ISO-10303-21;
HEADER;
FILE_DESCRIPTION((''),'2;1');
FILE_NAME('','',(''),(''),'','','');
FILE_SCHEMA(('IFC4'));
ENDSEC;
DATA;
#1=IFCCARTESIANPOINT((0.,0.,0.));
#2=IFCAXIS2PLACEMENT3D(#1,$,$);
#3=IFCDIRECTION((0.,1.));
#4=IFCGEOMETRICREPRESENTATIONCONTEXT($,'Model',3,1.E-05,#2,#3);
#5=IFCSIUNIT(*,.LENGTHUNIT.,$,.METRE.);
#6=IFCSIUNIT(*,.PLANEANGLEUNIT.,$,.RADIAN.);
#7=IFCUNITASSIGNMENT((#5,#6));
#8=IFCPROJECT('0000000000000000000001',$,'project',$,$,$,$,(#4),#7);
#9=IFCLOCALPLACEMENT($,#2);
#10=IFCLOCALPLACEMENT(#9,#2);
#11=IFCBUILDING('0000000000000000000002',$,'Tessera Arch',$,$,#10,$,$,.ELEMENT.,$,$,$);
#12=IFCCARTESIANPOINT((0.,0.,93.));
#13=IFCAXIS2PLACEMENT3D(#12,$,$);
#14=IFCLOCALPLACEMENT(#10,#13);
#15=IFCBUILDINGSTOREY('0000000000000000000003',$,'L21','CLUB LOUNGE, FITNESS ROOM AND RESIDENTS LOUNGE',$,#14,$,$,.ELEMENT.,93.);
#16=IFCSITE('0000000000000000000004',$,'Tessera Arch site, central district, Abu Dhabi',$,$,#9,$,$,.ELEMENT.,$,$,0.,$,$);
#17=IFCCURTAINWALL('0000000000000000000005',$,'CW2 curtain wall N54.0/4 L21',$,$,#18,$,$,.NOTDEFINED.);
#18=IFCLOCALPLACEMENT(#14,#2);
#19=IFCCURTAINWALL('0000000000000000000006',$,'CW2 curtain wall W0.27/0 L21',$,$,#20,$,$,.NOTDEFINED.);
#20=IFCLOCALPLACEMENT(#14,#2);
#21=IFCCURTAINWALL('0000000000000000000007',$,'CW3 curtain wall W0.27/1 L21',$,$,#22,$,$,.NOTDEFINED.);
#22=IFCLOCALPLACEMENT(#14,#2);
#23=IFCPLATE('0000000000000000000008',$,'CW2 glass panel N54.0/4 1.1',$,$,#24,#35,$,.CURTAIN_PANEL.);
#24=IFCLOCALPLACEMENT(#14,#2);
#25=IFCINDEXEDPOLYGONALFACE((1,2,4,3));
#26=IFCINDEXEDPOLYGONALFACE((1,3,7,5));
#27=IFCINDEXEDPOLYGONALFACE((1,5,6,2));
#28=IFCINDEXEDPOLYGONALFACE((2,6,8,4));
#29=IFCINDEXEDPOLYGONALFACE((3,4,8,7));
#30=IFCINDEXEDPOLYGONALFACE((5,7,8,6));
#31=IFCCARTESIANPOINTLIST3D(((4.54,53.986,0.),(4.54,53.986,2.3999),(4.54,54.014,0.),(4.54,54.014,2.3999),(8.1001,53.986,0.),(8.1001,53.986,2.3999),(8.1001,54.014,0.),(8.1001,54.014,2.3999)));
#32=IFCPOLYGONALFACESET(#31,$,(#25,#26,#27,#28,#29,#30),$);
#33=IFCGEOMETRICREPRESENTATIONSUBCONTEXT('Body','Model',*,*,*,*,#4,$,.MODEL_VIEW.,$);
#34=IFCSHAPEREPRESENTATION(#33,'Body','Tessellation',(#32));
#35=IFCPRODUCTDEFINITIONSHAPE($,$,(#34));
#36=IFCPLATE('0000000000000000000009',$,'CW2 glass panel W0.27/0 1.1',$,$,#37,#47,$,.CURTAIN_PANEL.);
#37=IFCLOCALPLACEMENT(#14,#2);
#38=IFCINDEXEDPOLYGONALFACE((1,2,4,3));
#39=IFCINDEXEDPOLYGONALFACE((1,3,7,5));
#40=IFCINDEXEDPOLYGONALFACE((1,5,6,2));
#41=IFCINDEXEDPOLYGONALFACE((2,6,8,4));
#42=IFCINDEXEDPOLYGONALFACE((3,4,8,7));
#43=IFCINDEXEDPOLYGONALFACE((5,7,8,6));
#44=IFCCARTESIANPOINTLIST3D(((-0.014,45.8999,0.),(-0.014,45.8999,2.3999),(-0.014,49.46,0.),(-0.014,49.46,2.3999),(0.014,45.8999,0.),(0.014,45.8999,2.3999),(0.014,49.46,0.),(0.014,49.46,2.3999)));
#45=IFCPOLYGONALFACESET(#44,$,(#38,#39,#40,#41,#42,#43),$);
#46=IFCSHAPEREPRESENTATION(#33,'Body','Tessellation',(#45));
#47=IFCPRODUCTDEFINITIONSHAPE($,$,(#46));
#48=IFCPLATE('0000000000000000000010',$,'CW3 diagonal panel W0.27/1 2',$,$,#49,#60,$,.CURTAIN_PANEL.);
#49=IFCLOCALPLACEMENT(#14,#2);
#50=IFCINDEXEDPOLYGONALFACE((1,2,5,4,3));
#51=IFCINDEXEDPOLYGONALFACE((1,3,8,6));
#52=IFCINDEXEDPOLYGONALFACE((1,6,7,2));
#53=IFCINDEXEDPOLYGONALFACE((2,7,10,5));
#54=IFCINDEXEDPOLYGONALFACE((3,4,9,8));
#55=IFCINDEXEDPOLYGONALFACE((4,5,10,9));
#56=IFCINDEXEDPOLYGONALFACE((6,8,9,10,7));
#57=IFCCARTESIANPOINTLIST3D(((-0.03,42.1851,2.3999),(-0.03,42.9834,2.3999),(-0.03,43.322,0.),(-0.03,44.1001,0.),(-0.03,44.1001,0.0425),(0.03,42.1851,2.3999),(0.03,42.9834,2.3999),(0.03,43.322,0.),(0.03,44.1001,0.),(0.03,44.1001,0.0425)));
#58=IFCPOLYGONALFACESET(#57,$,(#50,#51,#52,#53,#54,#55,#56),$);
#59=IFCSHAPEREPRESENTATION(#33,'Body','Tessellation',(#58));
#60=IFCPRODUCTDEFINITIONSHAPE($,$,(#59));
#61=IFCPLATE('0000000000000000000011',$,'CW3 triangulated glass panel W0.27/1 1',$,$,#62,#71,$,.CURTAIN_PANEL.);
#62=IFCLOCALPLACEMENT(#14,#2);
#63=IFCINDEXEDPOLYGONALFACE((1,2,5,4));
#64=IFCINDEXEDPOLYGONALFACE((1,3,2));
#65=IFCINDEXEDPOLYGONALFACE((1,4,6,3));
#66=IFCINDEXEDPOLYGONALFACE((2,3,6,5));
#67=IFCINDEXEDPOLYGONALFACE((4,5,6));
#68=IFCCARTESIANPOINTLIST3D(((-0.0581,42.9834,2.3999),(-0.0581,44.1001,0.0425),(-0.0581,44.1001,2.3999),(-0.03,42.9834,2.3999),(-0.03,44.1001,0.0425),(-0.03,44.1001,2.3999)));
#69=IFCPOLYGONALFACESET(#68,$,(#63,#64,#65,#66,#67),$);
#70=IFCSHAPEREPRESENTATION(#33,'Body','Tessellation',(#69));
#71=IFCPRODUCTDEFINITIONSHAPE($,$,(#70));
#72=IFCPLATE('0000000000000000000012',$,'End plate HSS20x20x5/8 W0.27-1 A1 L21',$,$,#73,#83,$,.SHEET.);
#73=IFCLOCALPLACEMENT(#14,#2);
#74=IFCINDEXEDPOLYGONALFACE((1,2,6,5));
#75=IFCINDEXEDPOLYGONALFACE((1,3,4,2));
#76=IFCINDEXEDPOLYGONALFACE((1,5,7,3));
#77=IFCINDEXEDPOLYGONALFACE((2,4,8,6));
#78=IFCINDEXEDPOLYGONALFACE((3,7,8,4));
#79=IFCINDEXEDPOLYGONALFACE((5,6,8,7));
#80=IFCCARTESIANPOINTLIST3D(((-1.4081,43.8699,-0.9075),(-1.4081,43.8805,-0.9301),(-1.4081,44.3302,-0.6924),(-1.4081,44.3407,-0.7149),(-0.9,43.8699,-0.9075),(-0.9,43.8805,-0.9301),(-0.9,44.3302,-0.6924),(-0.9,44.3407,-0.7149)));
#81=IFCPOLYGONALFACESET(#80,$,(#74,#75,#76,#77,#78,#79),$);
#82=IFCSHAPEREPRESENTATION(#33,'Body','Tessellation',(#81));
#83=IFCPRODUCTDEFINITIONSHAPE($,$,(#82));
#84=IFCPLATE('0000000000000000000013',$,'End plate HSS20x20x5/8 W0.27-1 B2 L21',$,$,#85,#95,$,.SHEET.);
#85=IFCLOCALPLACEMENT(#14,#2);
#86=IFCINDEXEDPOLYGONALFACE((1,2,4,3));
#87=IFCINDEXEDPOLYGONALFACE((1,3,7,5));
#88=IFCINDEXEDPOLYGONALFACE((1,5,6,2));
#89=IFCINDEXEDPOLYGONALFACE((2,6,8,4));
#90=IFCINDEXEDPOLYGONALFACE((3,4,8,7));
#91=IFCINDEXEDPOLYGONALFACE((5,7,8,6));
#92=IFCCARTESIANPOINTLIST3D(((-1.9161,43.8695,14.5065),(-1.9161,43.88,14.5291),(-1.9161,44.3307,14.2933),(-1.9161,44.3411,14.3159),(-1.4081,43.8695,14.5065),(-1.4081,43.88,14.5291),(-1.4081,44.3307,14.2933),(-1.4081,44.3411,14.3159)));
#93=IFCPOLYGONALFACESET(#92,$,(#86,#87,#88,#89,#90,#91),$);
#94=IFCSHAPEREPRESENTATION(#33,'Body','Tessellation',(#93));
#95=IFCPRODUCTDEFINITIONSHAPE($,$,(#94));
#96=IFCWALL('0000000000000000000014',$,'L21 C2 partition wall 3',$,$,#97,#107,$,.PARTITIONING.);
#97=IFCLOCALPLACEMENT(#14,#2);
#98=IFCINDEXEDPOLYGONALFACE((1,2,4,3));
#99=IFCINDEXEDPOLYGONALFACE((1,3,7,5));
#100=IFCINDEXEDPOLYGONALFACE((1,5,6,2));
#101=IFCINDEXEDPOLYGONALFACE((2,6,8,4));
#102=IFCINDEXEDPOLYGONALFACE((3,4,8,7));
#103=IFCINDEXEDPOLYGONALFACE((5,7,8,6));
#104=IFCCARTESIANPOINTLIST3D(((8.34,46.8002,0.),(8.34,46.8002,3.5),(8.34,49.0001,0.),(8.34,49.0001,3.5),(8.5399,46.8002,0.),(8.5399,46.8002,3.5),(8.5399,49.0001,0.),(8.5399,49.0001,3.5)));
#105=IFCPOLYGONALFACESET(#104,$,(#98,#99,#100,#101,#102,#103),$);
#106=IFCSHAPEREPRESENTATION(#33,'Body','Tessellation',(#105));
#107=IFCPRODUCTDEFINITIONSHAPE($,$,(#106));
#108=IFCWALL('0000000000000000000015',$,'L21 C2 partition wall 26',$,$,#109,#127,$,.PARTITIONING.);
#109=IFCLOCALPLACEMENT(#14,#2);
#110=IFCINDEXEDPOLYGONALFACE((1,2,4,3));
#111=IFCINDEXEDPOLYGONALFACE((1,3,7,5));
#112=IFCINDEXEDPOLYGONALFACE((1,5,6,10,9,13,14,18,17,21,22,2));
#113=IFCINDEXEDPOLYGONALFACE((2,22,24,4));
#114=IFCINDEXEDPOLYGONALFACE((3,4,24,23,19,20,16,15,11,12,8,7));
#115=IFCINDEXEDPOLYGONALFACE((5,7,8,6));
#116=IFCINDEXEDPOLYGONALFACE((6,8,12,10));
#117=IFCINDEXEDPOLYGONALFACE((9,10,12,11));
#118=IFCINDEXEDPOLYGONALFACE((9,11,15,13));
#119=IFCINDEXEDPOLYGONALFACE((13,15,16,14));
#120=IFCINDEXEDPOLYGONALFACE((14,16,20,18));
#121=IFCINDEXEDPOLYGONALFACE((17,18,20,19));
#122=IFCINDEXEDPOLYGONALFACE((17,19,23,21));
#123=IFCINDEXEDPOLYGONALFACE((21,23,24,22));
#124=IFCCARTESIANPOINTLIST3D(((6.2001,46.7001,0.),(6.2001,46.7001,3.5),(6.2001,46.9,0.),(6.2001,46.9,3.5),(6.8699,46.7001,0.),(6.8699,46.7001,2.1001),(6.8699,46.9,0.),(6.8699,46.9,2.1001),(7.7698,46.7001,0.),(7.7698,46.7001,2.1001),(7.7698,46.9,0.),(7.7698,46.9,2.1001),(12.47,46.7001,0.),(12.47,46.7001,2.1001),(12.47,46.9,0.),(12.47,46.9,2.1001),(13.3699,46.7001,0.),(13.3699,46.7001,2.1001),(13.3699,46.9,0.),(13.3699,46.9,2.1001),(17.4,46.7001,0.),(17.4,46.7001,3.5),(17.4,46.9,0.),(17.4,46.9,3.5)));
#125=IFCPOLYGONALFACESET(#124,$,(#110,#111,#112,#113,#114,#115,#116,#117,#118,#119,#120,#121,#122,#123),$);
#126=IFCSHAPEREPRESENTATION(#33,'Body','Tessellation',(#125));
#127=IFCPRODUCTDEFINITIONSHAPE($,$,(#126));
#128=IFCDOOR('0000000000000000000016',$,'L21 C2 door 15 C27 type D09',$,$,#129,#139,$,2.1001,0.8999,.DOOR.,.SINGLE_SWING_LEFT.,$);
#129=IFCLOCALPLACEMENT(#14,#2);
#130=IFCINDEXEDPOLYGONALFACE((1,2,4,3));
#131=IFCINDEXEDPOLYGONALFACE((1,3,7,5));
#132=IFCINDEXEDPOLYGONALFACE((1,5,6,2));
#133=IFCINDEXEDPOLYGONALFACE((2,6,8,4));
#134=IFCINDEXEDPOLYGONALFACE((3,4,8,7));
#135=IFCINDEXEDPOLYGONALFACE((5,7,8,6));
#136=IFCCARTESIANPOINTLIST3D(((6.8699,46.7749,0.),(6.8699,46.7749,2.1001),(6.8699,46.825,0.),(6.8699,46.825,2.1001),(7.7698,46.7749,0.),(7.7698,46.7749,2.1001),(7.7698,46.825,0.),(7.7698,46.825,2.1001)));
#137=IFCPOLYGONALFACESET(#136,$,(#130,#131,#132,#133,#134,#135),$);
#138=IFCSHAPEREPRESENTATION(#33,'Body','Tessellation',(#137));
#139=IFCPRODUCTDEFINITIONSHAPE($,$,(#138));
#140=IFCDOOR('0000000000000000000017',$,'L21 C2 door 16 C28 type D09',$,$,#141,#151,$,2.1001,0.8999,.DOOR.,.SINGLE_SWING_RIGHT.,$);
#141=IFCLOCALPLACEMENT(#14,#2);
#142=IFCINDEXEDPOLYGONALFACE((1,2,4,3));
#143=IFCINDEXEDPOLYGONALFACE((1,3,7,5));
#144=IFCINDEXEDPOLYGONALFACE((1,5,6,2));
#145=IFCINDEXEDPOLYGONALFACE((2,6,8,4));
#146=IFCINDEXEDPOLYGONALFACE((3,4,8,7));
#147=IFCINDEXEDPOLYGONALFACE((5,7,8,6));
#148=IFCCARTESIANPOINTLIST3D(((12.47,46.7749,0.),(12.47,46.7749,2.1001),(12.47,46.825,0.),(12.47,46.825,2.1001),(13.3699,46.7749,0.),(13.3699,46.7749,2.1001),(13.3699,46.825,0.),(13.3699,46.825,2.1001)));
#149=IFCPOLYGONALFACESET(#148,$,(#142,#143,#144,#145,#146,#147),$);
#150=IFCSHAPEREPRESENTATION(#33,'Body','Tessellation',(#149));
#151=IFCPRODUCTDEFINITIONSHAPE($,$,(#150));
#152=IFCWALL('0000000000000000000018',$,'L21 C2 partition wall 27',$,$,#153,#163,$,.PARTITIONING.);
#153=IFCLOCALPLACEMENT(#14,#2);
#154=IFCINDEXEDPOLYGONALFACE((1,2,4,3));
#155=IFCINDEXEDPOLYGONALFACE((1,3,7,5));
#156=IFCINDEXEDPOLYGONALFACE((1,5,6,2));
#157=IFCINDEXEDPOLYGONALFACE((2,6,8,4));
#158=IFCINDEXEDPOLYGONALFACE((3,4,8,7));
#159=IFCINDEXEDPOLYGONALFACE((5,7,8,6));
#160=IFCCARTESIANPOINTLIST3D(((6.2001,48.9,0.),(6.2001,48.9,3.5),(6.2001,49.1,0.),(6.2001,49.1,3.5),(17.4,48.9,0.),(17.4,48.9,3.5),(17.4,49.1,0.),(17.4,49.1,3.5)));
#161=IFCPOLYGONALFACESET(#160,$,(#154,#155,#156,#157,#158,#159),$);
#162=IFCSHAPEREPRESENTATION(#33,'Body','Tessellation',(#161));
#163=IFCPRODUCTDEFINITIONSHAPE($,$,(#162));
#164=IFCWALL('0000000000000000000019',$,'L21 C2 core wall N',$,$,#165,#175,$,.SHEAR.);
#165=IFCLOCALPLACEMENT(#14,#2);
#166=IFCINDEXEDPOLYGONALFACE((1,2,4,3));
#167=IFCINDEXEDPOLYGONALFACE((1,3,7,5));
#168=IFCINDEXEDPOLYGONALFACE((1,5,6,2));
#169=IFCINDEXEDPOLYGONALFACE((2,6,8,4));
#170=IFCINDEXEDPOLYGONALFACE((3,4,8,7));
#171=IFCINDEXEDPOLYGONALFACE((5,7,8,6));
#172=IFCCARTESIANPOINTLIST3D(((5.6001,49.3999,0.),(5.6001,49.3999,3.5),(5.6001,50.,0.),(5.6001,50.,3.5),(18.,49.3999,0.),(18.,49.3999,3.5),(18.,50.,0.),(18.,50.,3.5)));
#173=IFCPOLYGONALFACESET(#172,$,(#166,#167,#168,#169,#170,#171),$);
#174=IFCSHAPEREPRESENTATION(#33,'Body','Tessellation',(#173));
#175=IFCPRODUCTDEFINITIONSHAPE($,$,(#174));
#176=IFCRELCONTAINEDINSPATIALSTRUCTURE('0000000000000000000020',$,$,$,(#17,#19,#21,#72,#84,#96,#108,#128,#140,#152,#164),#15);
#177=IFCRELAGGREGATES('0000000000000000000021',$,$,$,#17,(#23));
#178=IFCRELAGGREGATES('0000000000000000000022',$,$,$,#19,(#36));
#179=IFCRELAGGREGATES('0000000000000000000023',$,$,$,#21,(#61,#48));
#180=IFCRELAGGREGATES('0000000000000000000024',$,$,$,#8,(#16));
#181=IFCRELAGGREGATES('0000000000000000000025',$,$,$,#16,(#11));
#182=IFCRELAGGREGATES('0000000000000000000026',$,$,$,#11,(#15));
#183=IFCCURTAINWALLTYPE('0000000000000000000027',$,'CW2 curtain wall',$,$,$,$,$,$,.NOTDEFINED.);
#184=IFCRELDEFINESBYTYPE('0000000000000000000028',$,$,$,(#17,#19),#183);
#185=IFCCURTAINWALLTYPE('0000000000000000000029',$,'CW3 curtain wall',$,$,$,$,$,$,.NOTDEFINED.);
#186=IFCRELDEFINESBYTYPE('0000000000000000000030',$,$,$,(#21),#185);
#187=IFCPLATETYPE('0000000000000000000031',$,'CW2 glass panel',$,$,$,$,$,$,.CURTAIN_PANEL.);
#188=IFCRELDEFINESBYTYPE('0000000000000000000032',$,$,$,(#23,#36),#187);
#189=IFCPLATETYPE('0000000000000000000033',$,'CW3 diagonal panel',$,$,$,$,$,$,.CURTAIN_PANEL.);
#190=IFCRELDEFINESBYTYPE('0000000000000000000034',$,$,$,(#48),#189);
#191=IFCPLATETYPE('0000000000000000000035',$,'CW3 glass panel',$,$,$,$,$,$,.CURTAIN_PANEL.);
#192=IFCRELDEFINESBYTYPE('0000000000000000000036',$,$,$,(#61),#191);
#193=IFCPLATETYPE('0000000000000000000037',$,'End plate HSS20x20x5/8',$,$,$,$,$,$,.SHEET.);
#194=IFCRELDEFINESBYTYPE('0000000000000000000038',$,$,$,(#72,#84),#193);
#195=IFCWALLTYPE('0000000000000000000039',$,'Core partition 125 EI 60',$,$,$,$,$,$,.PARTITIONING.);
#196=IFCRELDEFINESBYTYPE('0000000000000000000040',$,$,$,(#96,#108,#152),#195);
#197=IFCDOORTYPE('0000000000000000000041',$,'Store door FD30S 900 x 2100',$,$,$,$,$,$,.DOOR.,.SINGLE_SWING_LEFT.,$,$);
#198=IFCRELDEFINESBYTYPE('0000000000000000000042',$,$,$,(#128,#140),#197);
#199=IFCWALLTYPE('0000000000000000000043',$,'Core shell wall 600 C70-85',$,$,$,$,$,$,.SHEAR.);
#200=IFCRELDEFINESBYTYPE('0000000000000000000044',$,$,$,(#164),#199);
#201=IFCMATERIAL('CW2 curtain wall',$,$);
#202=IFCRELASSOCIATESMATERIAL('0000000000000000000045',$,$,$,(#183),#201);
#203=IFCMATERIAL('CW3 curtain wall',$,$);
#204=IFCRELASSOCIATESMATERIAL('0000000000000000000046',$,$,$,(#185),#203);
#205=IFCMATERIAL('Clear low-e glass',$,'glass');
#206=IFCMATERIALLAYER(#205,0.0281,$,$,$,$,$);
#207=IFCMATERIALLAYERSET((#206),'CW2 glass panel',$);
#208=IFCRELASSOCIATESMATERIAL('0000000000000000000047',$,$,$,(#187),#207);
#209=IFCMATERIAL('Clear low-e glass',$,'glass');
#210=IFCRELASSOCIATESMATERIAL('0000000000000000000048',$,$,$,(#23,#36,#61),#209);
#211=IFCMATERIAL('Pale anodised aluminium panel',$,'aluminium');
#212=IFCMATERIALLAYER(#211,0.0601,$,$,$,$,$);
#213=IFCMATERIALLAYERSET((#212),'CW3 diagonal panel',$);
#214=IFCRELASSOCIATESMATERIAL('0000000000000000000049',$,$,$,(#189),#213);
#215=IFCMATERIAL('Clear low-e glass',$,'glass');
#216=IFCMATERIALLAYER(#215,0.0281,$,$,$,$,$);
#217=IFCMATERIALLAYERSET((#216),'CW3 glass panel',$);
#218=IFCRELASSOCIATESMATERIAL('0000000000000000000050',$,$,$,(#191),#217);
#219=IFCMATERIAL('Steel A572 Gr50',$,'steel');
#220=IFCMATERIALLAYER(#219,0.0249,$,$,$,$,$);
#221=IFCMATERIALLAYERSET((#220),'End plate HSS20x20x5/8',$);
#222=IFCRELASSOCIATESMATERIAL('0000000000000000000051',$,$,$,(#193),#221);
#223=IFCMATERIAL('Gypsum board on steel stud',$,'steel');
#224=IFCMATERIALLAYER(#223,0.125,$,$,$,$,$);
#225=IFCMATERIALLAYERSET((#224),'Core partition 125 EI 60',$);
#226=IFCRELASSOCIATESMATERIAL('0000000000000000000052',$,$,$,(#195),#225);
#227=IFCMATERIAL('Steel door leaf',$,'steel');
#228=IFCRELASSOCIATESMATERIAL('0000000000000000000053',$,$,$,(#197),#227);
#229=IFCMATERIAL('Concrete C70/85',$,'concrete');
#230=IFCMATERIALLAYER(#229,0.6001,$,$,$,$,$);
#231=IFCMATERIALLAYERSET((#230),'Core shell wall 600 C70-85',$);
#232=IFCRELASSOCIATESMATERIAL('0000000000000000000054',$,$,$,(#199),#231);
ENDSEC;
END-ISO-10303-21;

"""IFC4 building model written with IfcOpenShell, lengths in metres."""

from ifc_helpers import new_model, si_unit, direction, frame, frame_2d, origin, origin_2d, place, context, subcontext, project, spatial, polyline, rectangle, outline, extrude, material, layer, layer_set, type_object, element, fill, aggregate, save


model = new_model("IFC4")

# Units and contexts
model_context = context("Model", 3, precision=1e-05, world=origin(), true_north=direction((0.0, 1.0)))
body_context = subcontext(model_context, "Body", "Model", "MODEL_VIEW")
ifc_project = project(units=[si_unit("LENGTHUNIT", "METRE"), si_unit("PLANEANGLEUNIT", "RADIAN")], contexts=[model_context])

# Site, building, storey
site_placement = place(None, origin())
site = spatial("IfcSite", under=ifc_project, at=site_placement, Name="Tessera Arch site, central district, Abu Dhabi", CompositionType="ELEMENT", RefElevation=0.0)
building_placement = place(site_placement, origin())
building = spatial("IfcBuilding", under=site, at=building_placement, Name="Tessera Arch", CompositionType="ELEMENT")
storey_placement = place(building_placement, frame((0.0, 0.0, 93.0)))
storey = spatial("IfcBuildingStorey", under=building, at=storey_placement, Name="L21", Description="CLUB LOUNGE, FITNESS ROOM AND RESIDENTS LOUNGE", CompositionType="ELEMENT", Elevation=93.0)

# Curtain walls
ifc_material_1 = material(Name="CW2 curtain wall")
curtain_wall_type_1 = type_object("IfcCurtainWallType", Name="CW2 curtain wall", PredefinedType="NOTDEFINED", material=ifc_material_1)
curtain_wall_1_placement = place(storey_placement, origin())
curtain_wall_1 = element("IfcCurtainWall", 1, at=curtain_wall_1_placement, inside=storey, type_object=curtain_wall_type_1, Name="CW2 curtain wall N54.0/4 L21", PredefinedType="NOTDEFINED")
curtain_wall_2_placement = place(storey_placement, origin())
curtain_wall_2 = element("IfcCurtainWall", 2, at=curtain_wall_2_placement, inside=storey, type_object=curtain_wall_type_1, Name="CW2 curtain wall W0.27/0 L21", PredefinedType="NOTDEFINED")
ifc_material_2 = material(Name="CW3 curtain wall")
curtain_wall_type_2 = type_object("IfcCurtainWallType", Name="CW3 curtain wall", PredefinedType="NOTDEFINED", material=ifc_material_2)
curtain_wall_3_placement = place(storey_placement, origin())
curtain_wall_3 = element("IfcCurtainWall", 3, at=curtain_wall_3_placement, inside=storey, type_object=curtain_wall_type_2, Name="CW3 curtain wall W0.27/1 L21", PredefinedType="NOTDEFINED")

# Plates
ifc_material_3 = material(Name="Clear low-e glass", Category="glass")
ifc_material_4 = material(Name="Clear low-e glass", Category="glass")
ifc_layer_1 = layer(ifc_material_4, 0.0281)
ifc_layer_set_1 = layer_set([ifc_layer_1], Name="CW2 glass panel")
plate_type_1 = type_object("IfcPlateType", Name="CW2 glass panel", PredefinedType="CURTAIN_PANEL", material=ifc_layer_set_1)
plate_1_placement = place(storey_placement, frame((6.3201, 54.0, 0.0), z_axis=(0.0, 0.0, 1.0), x_axis=(-1.0, 0.0, 0.0)))
plate_1 = element("IfcPlate", 4, at=plate_1_placement, type_object=plate_type_1, material=ifc_material_3, Name="CW2 glass panel N54.0/4 1.1", PredefinedType="CURTAIN_PANEL", context=body_context, shape_type="SweptSolid", body=[
    extrude(rectangle(XDim=3.5601, YDim=0.0281, at=origin_2d()), origin(), (0.0, 0.0, 1.0), 2.3999),
])
aggregate(curtain_wall_1, [plate_1])
plate_2_placement = place(storey_placement, frame((0.0, 47.6799, 0.0), z_axis=(0.0, 0.0, 1.0), x_axis=(0.0, -1.0, 0.0)))
plate_2 = element("IfcPlate", 5, at=plate_2_placement, type_object=plate_type_1, material=ifc_material_3, Name="CW2 glass panel W0.27/0 1.1", PredefinedType="CURTAIN_PANEL", context=body_context, shape_type="SweptSolid", body=[
    extrude(rectangle(XDim=3.5601, YDim=0.0281, at=origin_2d()), origin(), (0.0, 0.0, 1.0), 2.3999),
])
aggregate(curtain_wall_2, [plate_2])
ifc_material_5 = material(Name="Pale anodised aluminium panel", Category="aluminium")
ifc_layer_2 = layer(ifc_material_5, 0.0601)
ifc_layer_set_2 = layer_set([ifc_layer_2], Name="CW3 diagonal panel")
plate_type_2 = type_object("IfcPlateType", Name="CW3 diagonal panel", PredefinedType="CURTAIN_PANEL", material=ifc_layer_set_2)
plate_3_placement = place(storey_placement, frame((-0.03, 42.1851, 2.3999), z_axis=(-1.0, 0.0, 0.0), x_axis=(0.0, 1.0, 0.0)))
plate_3 = element("IfcPlate", 6, at=plate_3_placement, type_object=plate_type_2, Name="CW3 diagonal panel W0.27/1 2", PredefinedType="CURTAIN_PANEL", context=body_context, shape_type="SweptSolid", body=[
    extrude(outline(polyline([(0.0, 0.0), (0.7983, 0.0), (1.915, 2.3574), (1.915, 2.3999), (1.137, 2.3999), (0.0, 0.0)])), origin(), (0.0, 0.0, -1.0), 0.0601),
])
ifc_material_6 = material(Name="Clear low-e glass", Category="glass")
ifc_layer_3 = layer(ifc_material_6, 0.0281)
ifc_layer_set_3 = layer_set([ifc_layer_3], Name="CW3 glass panel")
plate_type_3 = type_object("IfcPlateType", Name="CW3 glass panel", PredefinedType="CURTAIN_PANEL", material=ifc_layer_set_3)
plate_4_placement = place(storey_placement, frame((-0.0581, 44.1001, 2.3999), z_axis=(-1.0, 0.0, 0.0), x_axis=(0.0, 0.0, -1.0)))
plate_4 = element("IfcPlate", 7, at=plate_4_placement, type_object=plate_type_3, material=ifc_material_3, Name="CW3 triangulated glass panel W0.27/1 1", PredefinedType="CURTAIN_PANEL", context=body_context, shape_type="SweptSolid", body=[
    extrude(outline(polyline([(0.0, 0.0), (2.3574, 0.0), (0.0, 1.1167), (0.0, 0.0)])), origin(), (0.0, 0.0, -1.0), 0.0281),
])
aggregate(curtain_wall_3, [plate_4, plate_3])

# Plates
ifc_material_7 = material(Name="Steel A572 Gr50", Category="steel")
ifc_layer_4 = layer(ifc_material_7, 0.0249)
ifc_layer_set_4 = layer_set([ifc_layer_4], Name="End plate HSS20x20x5/8")
plate_type_4 = type_object("IfcPlateType", Name="End plate HSS20x20x5/8", PredefinedType="SHEET", material=ifc_layer_set_4)
for number, where, z_axis, x_axis, name in (
    (8, (-1.1541, 44.1106, -0.8225), (0.0, -0.423424, 0.905931), (1.0, 0.0, 0.0), "End plate HSS20x20x5/8 W0.27-1 A1 L21"),
    (9, (-1.6621, 44.1001, 14.3999), (0.0, 0.419677, 0.907674), (-1.0, 0.0, 0.0), "End plate HSS20x20x5/8 W0.27-1 B2 L21"),
):
    element("IfcPlate", number, at=place(storey_placement, frame(where, z_axis=z_axis, x_axis=x_axis)), inside=storey, type_object=plate_type_4, Name=name, PredefinedType="SHEET", context=body_context, shape_type="SweptSolid", body=[
        extrude(rectangle(XDim=0.5081, YDim=0.5081, at=origin_2d()), origin(), (0.0, 0.0, 1.0), 0.0249),
    ])

# Wall
ifc_material_8 = material(Name="Gypsum board on steel stud", Category="steel")
ifc_layer_5 = layer(ifc_material_8, 0.125)
ifc_layer_set_5 = layer_set([ifc_layer_5], Name="Core partition 125 EI 60")
wall_type_1 = type_object("IfcWallType", Name="Core partition 125 EI 60", PredefinedType="PARTITIONING", material=ifc_layer_set_5)
wall_1_placement = place(storey_placement, frame((8.4399, 46.8, 0.0), z_axis=(0.0, 0.0, 1.0), x_axis=(0.0, 1.0, 0.0)))
element("IfcWall", 10, at=wall_1_placement, inside=storey, type_object=wall_type_1, Name="L21 C2 partition wall 3", PredefinedType="PARTITIONING", context=body_context, shape_type="SweptSolid", body=[
    extrude(rectangle(XDim=2.2, YDim=0.2, at=frame_2d((1.1001, 0.0))), origin(), (0.0, 0.0, 1.0), 3.5),
])

# Wall, openings, doors
wall_2_placement = place(storey_placement, frame((6.2, 46.8, 0.0), z_axis=(0.0, 0.0, 1.0), x_axis=(1.0, 0.0, 0.0)))
wall_2 = element("IfcWall", 11, at=wall_2_placement, inside=storey, type_object=wall_type_1, Name="L21 C2 partition wall 26", PredefinedType="PARTITIONING", context=body_context, shape_type="SweptSolid", body=[
    extrude(rectangle(XDim=11.2, YDim=0.2, at=frame_2d((5.6001, 0.0))), origin(), (0.0, 0.0, 1.0), 3.5),
])
opening_1_placement = place(wall_2_placement, frame((0.6699, 0.0, 0.0)))
opening_1 = element("IfcOpeningElement", 12, at=opening_1_placement, cuts=wall_2, PredefinedType="OPENING", context=body_context, shape_type="SweptSolid", body=[
    extrude(rectangle(XDim=0.8999, YDim=2.1001, at=frame_2d((0.45, 1.05))), frame((0.0, 0.1099, 0.0), z_axis=(0.0, -1.0, 0.0), x_axis=(1.0, 0.0, 0.0)), (0.0, 0.0, 1.0), 0.22),
])
opening_2_placement = place(wall_2_placement, frame((6.27, 0.0, 0.0)))
opening_2 = element("IfcOpeningElement", 13, at=opening_2_placement, cuts=wall_2, PredefinedType="OPENING", context=body_context, shape_type="SweptSolid", body=[
    extrude(rectangle(XDim=0.8999, YDim=2.1001, at=frame_2d((0.45, 1.05))), frame((0.0, 0.1099, 0.0), z_axis=(0.0, -1.0, 0.0), x_axis=(1.0, 0.0, 0.0)), (0.0, 0.0, 1.0), 0.22),
])
ifc_material_9 = material(Name="Steel door leaf", Category="steel")
door_type_1 = type_object("IfcDoorType", Name="Store door FD30S 900 x 2100", OperationType="SINGLE_SWING_LEFT", PredefinedType="DOOR", material=ifc_material_9)
door_1_placement = place(opening_1_placement, origin())
door_1 = element("IfcDoor", 14, at=door_1_placement, inside=storey, type_object=door_type_1, Name="L21 C2 door 15 C27 type D09", OperationType="SINGLE_SWING_LEFT", OverallHeight=2.1001, OverallWidth=0.8999, PredefinedType="DOOR", context=body_context, shape_type="SweptSolid", body=[
    extrude(rectangle(XDim=0.8999, YDim=2.1001, at=frame_2d((0.45, 1.05))), frame((0.0, 0.0249, 0.0), z_axis=(0.0, -1.0, 0.0), x_axis=(1.0, 0.0, 0.0)), (0.0, 0.0, 1.0), 0.05),
])
fill(opening_1, door_1)
door_2_placement = place(opening_2_placement, origin())
door_2 = element("IfcDoor", 15, at=door_2_placement, inside=storey, type_object=door_type_1, Name="L21 C2 door 16 C28 type D09", OperationType="SINGLE_SWING_RIGHT", OverallHeight=2.1001, OverallWidth=0.8999, PredefinedType="DOOR", context=body_context, shape_type="SweptSolid", body=[
    extrude(rectangle(XDim=0.8999, YDim=2.1001, at=frame_2d((0.45, 1.05))), frame((0.0, 0.0249, 0.0), z_axis=(0.0, -1.0, 0.0), x_axis=(1.0, 0.0, 0.0)), (0.0, 0.0, 1.0), 0.05),
])
fill(opening_2, door_2)

# Walls
wall_3_placement = place(storey_placement, frame((6.2, 49.0, 0.0), z_axis=(0.0, 0.0, 1.0), x_axis=(1.0, 0.0, 0.0)))
element("IfcWall", 16, at=wall_3_placement, inside=storey, type_object=wall_type_1, Name="L21 C2 partition wall 27", PredefinedType="PARTITIONING", context=body_context, shape_type="SweptSolid", body=[
    extrude(rectangle(XDim=11.2, YDim=0.2, at=frame_2d((5.6001, 0.0))), origin(), (0.0, 0.0, 1.0), 3.5),
])
ifc_material_10 = material(Name="Concrete C70/85", Category="concrete")
ifc_layer_6 = layer(ifc_material_10, 0.6001)
ifc_layer_set_6 = layer_set([ifc_layer_6], Name="Core shell wall 600 C70-85")
wall_type_2 = type_object("IfcWallType", Name="Core shell wall 600 C70-85", PredefinedType="SHEAR", material=ifc_layer_set_6)
wall_4_placement = place(storey_placement, frame((5.6001, 49.7, 0.0), z_axis=(0.0, 0.0, 1.0), x_axis=(1.0, 0.0, 0.0)))
element("IfcWall", 17, at=wall_4_placement, inside=storey, type_object=wall_type_2, Name="L21 C2 core wall N", PredefinedType="SHEAR", context=body_context, shape_type="SweptSolid", body=[
    extrude(rectangle(XDim=12.3999, YDim=0.6001, at=frame_2d((6.2, 0.0))), origin(), (0.0, 0.0, 1.0), 3.5),
])

save(model, "model.ifc")
